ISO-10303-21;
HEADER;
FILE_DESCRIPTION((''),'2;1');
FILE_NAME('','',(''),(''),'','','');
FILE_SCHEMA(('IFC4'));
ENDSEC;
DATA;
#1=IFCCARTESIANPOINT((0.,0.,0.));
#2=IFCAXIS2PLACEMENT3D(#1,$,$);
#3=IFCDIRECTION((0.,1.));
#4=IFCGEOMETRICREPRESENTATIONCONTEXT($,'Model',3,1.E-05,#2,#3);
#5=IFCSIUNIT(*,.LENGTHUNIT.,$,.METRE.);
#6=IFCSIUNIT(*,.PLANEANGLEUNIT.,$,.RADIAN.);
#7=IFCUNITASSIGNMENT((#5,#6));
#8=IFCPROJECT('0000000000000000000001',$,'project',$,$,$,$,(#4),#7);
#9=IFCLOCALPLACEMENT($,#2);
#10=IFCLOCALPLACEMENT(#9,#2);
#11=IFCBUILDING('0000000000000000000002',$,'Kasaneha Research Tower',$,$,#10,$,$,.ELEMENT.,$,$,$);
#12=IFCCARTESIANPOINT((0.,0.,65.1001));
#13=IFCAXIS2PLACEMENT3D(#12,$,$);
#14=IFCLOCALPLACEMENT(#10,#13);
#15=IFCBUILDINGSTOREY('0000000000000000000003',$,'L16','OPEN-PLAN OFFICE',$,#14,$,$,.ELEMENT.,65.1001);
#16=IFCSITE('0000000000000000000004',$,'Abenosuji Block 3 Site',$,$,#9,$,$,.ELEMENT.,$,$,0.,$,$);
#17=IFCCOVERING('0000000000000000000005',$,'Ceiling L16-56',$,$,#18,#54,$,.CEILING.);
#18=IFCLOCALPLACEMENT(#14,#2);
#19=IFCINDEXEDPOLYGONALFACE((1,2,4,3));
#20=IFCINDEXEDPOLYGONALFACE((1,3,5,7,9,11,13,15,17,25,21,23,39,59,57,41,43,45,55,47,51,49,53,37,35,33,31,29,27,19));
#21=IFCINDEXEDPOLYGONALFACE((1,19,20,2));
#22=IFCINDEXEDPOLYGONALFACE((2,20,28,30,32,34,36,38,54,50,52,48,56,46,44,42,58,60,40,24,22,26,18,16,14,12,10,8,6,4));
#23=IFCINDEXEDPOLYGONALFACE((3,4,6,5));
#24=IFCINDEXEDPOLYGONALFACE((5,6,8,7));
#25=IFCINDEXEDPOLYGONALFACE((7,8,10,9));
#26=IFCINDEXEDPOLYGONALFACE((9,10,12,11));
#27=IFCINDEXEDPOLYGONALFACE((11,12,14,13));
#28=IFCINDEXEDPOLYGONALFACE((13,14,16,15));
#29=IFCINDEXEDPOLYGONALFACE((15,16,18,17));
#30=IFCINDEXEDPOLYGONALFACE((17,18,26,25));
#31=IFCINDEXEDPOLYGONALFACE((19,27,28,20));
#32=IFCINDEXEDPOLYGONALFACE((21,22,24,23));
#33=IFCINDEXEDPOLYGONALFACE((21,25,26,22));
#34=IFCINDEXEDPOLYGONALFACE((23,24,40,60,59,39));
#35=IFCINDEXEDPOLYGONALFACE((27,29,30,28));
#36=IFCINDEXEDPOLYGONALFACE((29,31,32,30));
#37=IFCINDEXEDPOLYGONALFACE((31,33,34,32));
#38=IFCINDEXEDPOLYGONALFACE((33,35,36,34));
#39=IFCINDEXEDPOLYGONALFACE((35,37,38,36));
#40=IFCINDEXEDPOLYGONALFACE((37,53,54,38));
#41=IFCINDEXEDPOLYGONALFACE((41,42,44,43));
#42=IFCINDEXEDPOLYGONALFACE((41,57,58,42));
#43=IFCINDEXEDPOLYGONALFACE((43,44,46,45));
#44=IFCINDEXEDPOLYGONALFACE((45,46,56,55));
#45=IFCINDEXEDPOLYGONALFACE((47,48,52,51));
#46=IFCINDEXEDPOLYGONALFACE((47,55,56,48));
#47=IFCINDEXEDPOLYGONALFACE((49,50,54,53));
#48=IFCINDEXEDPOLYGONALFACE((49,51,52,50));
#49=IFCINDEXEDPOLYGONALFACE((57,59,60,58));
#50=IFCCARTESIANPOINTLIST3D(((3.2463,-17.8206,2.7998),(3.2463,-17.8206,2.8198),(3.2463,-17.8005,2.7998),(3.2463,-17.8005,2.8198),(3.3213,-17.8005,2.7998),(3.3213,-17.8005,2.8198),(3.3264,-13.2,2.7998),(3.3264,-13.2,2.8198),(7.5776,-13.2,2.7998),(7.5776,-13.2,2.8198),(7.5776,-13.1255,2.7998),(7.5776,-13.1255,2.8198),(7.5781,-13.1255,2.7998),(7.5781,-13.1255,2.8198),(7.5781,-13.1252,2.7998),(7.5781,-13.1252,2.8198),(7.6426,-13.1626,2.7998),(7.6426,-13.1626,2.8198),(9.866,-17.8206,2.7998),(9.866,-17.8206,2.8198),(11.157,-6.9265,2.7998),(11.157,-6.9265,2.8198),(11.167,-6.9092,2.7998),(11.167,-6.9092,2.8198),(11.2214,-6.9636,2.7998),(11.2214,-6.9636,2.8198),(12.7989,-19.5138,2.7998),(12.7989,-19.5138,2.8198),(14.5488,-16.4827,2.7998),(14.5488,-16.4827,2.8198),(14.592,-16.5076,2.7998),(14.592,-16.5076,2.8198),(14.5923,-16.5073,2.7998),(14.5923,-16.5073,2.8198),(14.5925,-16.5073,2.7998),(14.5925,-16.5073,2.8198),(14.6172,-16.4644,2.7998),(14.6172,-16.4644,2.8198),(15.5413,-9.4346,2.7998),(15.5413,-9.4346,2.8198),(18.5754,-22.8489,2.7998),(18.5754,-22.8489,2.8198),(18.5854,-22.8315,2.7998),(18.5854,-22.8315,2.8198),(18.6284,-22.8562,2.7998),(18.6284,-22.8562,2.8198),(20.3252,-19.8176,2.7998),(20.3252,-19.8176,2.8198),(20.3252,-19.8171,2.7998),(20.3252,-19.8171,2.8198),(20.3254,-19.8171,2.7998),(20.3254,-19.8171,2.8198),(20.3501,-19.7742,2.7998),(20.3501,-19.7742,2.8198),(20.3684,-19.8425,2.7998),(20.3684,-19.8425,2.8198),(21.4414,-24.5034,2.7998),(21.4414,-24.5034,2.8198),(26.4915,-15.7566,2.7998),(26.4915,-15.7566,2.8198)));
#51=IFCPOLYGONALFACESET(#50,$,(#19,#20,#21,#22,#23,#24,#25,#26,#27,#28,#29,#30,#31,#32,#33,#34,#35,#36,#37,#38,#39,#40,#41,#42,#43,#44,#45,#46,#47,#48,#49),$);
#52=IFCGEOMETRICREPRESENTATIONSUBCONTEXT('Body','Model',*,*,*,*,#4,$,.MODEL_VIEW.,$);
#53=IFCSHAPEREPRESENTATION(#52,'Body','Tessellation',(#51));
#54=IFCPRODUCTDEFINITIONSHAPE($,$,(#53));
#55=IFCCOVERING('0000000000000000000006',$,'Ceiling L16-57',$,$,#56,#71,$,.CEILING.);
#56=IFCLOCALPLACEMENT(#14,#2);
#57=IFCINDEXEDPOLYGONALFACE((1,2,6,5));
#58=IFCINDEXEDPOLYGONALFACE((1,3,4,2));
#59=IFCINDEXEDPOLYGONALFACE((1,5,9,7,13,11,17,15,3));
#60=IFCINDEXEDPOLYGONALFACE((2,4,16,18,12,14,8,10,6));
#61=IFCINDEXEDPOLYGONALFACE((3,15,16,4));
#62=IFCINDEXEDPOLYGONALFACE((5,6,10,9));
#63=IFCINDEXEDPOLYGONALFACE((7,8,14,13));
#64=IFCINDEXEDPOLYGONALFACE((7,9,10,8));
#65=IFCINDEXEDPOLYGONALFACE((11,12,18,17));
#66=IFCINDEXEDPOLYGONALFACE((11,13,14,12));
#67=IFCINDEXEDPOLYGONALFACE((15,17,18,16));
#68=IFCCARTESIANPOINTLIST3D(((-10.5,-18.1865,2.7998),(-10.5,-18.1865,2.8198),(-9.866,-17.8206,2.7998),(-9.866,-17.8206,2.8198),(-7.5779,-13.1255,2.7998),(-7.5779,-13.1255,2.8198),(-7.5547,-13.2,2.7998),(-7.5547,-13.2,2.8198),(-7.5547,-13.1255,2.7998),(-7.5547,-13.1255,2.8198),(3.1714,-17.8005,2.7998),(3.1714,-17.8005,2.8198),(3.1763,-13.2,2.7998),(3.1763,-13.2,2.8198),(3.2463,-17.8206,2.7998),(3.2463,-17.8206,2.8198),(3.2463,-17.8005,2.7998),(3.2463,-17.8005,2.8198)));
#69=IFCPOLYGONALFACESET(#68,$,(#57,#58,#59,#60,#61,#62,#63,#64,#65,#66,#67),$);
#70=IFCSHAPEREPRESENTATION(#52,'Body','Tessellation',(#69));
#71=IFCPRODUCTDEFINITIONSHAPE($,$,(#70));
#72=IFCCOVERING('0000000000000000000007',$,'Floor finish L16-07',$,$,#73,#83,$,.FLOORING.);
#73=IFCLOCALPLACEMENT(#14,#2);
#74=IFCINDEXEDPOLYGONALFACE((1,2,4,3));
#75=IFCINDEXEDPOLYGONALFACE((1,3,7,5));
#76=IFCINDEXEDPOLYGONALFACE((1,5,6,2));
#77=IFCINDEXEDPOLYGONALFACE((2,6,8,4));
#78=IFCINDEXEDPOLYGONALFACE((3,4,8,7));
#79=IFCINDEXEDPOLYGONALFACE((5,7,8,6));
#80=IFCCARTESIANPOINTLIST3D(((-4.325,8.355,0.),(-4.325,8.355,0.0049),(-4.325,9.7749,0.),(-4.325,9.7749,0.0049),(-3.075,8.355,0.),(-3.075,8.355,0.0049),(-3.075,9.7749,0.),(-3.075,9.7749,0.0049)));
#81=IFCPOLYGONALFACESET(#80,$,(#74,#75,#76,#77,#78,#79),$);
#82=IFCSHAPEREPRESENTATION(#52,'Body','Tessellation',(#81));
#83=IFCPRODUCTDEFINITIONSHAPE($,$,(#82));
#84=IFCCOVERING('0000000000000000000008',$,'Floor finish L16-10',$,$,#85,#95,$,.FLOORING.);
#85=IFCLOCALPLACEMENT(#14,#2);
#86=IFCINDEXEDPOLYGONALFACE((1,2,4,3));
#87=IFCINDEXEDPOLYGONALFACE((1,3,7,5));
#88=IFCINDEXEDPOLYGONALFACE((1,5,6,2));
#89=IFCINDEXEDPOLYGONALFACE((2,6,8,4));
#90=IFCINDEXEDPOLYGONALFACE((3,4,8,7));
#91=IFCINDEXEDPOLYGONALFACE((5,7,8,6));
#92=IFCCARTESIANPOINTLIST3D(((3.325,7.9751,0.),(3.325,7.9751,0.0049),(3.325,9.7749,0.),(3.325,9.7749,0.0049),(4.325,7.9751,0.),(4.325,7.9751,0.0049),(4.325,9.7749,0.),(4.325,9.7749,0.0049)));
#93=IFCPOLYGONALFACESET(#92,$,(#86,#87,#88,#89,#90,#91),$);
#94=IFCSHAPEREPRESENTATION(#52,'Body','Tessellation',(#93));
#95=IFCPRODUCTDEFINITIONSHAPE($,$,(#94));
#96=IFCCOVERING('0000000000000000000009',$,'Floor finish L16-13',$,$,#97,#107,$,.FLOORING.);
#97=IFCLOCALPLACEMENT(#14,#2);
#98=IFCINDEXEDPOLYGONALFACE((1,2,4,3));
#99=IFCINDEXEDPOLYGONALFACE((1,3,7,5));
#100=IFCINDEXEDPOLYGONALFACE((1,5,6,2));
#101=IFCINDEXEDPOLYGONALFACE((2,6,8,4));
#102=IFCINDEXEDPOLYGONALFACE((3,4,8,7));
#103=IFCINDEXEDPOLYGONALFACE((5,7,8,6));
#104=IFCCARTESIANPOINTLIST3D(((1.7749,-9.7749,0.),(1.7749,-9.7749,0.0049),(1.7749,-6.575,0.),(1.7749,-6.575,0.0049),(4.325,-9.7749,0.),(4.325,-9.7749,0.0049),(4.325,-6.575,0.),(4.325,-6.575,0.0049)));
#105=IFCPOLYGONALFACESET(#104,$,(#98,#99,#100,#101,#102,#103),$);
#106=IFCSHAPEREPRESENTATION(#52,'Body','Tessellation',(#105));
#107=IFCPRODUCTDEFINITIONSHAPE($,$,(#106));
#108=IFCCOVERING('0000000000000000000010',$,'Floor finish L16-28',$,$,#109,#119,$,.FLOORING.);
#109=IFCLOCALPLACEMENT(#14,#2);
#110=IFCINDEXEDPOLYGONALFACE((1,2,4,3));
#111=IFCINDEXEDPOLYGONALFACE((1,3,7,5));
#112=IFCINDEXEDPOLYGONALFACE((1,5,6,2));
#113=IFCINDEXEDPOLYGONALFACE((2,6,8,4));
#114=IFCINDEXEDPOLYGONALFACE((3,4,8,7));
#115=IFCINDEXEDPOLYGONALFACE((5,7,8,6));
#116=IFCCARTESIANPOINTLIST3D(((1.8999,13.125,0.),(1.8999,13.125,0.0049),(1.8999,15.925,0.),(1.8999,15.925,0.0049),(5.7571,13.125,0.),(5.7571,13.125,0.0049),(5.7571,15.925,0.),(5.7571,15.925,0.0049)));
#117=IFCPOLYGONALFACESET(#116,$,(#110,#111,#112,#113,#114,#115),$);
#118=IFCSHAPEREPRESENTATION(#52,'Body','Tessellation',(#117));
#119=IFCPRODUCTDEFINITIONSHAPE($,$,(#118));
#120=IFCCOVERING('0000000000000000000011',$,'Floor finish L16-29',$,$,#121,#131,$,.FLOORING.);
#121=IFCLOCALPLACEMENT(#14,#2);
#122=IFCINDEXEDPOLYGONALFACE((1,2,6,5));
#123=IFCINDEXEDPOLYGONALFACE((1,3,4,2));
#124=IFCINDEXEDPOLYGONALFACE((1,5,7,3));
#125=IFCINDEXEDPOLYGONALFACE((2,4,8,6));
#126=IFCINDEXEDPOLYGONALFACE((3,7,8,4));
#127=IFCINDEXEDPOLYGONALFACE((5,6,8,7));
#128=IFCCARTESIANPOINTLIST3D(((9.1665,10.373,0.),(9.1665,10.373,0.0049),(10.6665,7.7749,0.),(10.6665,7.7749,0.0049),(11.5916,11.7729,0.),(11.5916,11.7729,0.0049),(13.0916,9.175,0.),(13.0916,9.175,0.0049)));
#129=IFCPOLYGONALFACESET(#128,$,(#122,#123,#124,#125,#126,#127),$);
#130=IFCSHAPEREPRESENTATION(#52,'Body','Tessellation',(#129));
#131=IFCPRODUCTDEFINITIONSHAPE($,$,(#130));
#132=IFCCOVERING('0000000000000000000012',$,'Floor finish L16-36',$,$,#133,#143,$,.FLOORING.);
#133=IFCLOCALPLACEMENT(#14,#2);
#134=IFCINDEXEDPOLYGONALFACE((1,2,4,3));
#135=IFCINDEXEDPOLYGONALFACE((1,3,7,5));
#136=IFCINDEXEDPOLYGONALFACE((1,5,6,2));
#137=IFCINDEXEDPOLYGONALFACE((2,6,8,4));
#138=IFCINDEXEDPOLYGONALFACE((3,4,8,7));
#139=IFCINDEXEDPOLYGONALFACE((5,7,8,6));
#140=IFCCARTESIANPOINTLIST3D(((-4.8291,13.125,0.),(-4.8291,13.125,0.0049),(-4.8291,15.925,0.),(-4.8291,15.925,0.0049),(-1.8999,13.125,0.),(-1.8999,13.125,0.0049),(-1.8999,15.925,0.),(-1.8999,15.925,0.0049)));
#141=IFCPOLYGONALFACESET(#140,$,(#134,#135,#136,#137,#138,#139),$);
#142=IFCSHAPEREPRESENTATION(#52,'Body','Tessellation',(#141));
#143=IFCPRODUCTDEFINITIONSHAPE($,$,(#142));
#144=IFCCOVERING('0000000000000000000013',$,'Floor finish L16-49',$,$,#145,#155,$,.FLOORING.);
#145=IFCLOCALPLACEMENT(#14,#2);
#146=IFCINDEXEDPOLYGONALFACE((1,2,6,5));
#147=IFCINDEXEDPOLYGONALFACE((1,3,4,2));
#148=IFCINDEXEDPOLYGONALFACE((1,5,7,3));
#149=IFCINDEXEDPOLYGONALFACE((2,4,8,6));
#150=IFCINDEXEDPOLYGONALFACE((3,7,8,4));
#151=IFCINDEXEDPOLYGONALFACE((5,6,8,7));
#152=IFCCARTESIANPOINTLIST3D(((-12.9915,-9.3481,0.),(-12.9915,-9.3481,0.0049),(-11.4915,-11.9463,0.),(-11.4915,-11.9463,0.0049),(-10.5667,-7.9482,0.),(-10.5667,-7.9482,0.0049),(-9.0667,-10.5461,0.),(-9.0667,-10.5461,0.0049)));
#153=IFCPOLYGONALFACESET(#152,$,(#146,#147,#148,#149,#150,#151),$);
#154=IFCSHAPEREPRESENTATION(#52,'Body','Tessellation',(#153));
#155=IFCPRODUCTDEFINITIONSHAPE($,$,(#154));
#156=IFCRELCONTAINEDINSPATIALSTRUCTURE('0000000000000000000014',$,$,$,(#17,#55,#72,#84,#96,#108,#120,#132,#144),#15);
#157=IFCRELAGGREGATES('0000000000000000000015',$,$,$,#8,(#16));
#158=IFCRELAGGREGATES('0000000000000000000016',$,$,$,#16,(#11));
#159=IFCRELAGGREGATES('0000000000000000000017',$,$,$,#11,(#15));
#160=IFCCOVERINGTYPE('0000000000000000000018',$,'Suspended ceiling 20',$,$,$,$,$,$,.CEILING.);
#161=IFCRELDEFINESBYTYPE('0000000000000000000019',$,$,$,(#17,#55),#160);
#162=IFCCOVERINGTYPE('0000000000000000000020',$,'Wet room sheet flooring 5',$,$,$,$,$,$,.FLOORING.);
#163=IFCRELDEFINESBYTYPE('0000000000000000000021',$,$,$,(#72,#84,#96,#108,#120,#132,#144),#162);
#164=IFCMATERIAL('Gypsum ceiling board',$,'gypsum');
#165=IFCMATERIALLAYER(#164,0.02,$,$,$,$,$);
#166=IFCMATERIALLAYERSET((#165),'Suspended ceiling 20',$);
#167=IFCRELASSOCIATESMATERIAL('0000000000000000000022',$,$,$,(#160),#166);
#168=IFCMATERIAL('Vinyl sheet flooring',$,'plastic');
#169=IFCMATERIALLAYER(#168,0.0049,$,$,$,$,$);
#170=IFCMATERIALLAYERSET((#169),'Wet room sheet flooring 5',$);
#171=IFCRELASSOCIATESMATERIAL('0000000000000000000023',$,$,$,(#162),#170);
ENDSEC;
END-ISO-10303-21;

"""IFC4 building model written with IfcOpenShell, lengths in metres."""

from ifc_helpers import new_model, si_unit, direction, frame, origin, place, context, subcontext, project, spatial, polyline, outline, extrude, material, layer, layer_set, type_object, element, save


model = new_model("IFC4")

# Units and contexts
model_context = context("Model", 3, precision=1e-05, world=origin(), true_north=direction((0.0, 1.0)))
body_context = subcontext(model_context, "Body", "Model", "MODEL_VIEW")
ifc_project = project(units=[si_unit("LENGTHUNIT", "METRE"), si_unit("PLANEANGLEUNIT", "RADIAN")], contexts=[model_context])

# Site, building, storey
site_placement = place(None, origin())
site = spatial("IfcSite", under=ifc_project, at=site_placement, Name="Abenosuji Block 3 Site", CompositionType="ELEMENT", RefElevation=0.0)
building_placement = place(site_placement, origin())
building = spatial("IfcBuilding", under=site, at=building_placement, Name="Kasaneha Research Tower", CompositionType="ELEMENT")
storey_placement = place(building_placement, frame((0.0, 0.0, 65.1001)))
storey = spatial("IfcBuildingStorey", under=building, at=storey_placement, Name="L16", Description="OPEN-PLAN OFFICE", CompositionType="ELEMENT", Elevation=65.1001)

# Coverings
ifc_material_1 = material(Name="Gypsum ceiling board", Category="gypsum")
ifc_layer_1 = layer(ifc_material_1, 0.02)
ifc_layer_set_1 = layer_set([ifc_layer_1], Name="Suspended ceiling 20")
covering_type_1 = type_object("IfcCoveringType", Name="Suspended ceiling 20", PredefinedType="CEILING", material=ifc_layer_set_1)
covering_1_placement = place(storey_placement, frame((0.0, 0.0, 2.7998)))
element("IfcCovering", 1, at=covering_1_placement, inside=storey, type_object=covering_type_1, Name="Ceiling L16-56", PredefinedType="CEILING", context=body_context, shape_type="SweptSolid", body=[
    extrude(outline(polyline([(7.5781, -13.1252), (7.6426, -13.1626), (11.2214, -6.9636), (11.157, -6.9265), (11.167, -6.9092), (15.5413, -9.4346), (26.4915, -15.7566), (21.4414, -24.5034), (18.5754, -22.8489), (18.5854, -22.8315), (18.6284, -22.8562), (20.3684, -19.8425), (20.3252, -19.8176), (20.3254, -19.8171), (20.3252, -19.8171), (20.3501, -19.7742), (14.6172, -16.4644), (14.5925, -16.5073), (14.5923, -16.5073), (14.592, -16.5076), (14.5488, -16.4827), (12.7988, -19.5139), (12.8418, -19.5386), (12.8418, -19.5386), (9.866, -17.8206), (3.2463, -17.8206), (3.2463, -17.8005), (3.3213, -17.8005), (3.3264, -13.2), (7.5776, -13.2), (7.5776, -13.1255), (7.5781, -13.1255), (7.5781, -13.1252)])), origin(), (0.0, 0.0, 1.0), 0.02),
])
covering_2_placement = place(storey_placement, frame((0.0, 0.0, 2.7998)))
element("IfcCovering", 2, at=covering_2_placement, inside=storey, type_object=covering_type_1, Name="Ceiling L16-57", PredefinedType="CEILING", context=body_context, shape_type="SweptSolid", body=[
    extrude(outline(polyline([(-7.5779, -13.1255), (-7.5547, -13.1255), (-7.5547, -13.2), (3.1763, -13.2), (3.1714, -17.8005), (3.2463, -17.8005), (3.2463, -17.8206), (-9.866, -17.8206), (-10.5, -18.1865), (-7.5779, -13.1255)])), origin(), (0.0, 0.0, 1.0), 0.02),
])
ifc_material_2 = material(Name="Vinyl sheet flooring", Category="plastic")
ifc_layer_2 = layer(ifc_material_2, 0.0049)
ifc_layer_set_2 = layer_set([ifc_layer_2], Name="Wet room sheet flooring 5")
covering_type_2 = type_object("IfcCoveringType", Name="Wet room sheet flooring 5", PredefinedType="FLOORING", material=ifc_layer_set_2)
covering_3_placement = place(storey_placement, origin())
element("IfcCovering", 3, at=covering_3_placement, inside=storey, type_object=covering_type_2, Name="Floor finish L16-07", PredefinedType="FLOORING", context=body_context, shape_type="SweptSolid", body=[
    extrude(outline(polyline([(-4.325, 8.355), (-4.325, 9.7749), (-3.075, 9.7749), (-3.075, 8.355), (-4.325, 8.355)])), origin(), (0.0, 0.0, 1.0), 0.0049),
])
covering_4_placement = place(storey_placement, origin())
element("IfcCovering", 4, at=covering_4_placement, inside=storey, type_object=covering_type_2, Name="Floor finish L16-10", PredefinedType="FLOORING", context=body_context, shape_type="SweptSolid", body=[
    extrude(outline(polyline([(4.325, 7.9751), (3.325, 7.9751), (3.325, 9.7749), (4.325, 9.7749), (4.325, 7.9751)])), origin(), (0.0, 0.0, 1.0), 0.0049),
])
covering_5_placement = place(storey_placement, origin())
element("IfcCovering", 5, at=covering_5_placement, inside=storey, type_object=covering_type_2, Name="Floor finish L16-13", PredefinedType="FLOORING", context=body_context, shape_type="SweptSolid", body=[
    extrude(outline(polyline([(1.7749, -9.7749), (1.7749, -6.575), (4.325, -6.575), (4.325, -9.7749), (1.7749, -9.7749)])), origin(), (0.0, 0.0, 1.0), 0.0049),
])
covering_6_placement = place(storey_placement, origin())
element("IfcCovering", 6, at=covering_6_placement, inside=storey, type_object=covering_type_2, Name="Floor finish L16-28", PredefinedType="FLOORING", context=body_context, shape_type="SweptSolid", body=[
    extrude(outline(polyline([(1.8999, 15.925), (5.7571, 15.925), (5.7571, 13.125), (1.8999, 13.125), (1.8999, 15.925)])), origin(), (0.0, 0.0, 1.0), 0.0049),
])
covering_7_placement = place(storey_placement, origin())
element("IfcCovering", 7, at=covering_7_placement, inside=storey, type_object=covering_type_2, Name="Floor finish L16-29", PredefinedType="FLOORING", context=body_context, shape_type="SweptSolid", body=[
    extrude(outline(polyline([(11.5916, 11.7729), (13.0916, 9.175), (10.6665, 7.7749), (9.1665, 10.373), (11.5916, 11.7729)])), origin(), (0.0, 0.0, 1.0), 0.0049),
])
covering_8_placement = place(storey_placement, origin())
element("IfcCovering", 8, at=covering_8_placement, inside=storey, type_object=covering_type_2, Name="Floor finish L16-36", PredefinedType="FLOORING", context=body_context, shape_type="SweptSolid", body=[
    extrude(outline(polyline([(-4.8291, 15.925), (-1.8999, 15.925), (-1.8999, 13.125), (-4.8291, 13.125), (-4.8291, 15.925)])), origin(), (0.0, 0.0, 1.0), 0.0049),
])
covering_9_placement = place(storey_placement, origin())
element("IfcCovering", 9, at=covering_9_placement, inside=storey, type_object=covering_type_2, Name="Floor finish L16-49", PredefinedType="FLOORING", context=body_context, shape_type="SweptSolid", body=[
    extrude(outline(polyline([(-11.4915, -11.9463), (-12.9915, -9.3481), (-10.5667, -7.9482), (-9.0667, -10.5461), (-11.4915, -11.9463)])), origin(), (0.0, 0.0, 1.0), 0.0049),
])

save(model, "model.ifc")
